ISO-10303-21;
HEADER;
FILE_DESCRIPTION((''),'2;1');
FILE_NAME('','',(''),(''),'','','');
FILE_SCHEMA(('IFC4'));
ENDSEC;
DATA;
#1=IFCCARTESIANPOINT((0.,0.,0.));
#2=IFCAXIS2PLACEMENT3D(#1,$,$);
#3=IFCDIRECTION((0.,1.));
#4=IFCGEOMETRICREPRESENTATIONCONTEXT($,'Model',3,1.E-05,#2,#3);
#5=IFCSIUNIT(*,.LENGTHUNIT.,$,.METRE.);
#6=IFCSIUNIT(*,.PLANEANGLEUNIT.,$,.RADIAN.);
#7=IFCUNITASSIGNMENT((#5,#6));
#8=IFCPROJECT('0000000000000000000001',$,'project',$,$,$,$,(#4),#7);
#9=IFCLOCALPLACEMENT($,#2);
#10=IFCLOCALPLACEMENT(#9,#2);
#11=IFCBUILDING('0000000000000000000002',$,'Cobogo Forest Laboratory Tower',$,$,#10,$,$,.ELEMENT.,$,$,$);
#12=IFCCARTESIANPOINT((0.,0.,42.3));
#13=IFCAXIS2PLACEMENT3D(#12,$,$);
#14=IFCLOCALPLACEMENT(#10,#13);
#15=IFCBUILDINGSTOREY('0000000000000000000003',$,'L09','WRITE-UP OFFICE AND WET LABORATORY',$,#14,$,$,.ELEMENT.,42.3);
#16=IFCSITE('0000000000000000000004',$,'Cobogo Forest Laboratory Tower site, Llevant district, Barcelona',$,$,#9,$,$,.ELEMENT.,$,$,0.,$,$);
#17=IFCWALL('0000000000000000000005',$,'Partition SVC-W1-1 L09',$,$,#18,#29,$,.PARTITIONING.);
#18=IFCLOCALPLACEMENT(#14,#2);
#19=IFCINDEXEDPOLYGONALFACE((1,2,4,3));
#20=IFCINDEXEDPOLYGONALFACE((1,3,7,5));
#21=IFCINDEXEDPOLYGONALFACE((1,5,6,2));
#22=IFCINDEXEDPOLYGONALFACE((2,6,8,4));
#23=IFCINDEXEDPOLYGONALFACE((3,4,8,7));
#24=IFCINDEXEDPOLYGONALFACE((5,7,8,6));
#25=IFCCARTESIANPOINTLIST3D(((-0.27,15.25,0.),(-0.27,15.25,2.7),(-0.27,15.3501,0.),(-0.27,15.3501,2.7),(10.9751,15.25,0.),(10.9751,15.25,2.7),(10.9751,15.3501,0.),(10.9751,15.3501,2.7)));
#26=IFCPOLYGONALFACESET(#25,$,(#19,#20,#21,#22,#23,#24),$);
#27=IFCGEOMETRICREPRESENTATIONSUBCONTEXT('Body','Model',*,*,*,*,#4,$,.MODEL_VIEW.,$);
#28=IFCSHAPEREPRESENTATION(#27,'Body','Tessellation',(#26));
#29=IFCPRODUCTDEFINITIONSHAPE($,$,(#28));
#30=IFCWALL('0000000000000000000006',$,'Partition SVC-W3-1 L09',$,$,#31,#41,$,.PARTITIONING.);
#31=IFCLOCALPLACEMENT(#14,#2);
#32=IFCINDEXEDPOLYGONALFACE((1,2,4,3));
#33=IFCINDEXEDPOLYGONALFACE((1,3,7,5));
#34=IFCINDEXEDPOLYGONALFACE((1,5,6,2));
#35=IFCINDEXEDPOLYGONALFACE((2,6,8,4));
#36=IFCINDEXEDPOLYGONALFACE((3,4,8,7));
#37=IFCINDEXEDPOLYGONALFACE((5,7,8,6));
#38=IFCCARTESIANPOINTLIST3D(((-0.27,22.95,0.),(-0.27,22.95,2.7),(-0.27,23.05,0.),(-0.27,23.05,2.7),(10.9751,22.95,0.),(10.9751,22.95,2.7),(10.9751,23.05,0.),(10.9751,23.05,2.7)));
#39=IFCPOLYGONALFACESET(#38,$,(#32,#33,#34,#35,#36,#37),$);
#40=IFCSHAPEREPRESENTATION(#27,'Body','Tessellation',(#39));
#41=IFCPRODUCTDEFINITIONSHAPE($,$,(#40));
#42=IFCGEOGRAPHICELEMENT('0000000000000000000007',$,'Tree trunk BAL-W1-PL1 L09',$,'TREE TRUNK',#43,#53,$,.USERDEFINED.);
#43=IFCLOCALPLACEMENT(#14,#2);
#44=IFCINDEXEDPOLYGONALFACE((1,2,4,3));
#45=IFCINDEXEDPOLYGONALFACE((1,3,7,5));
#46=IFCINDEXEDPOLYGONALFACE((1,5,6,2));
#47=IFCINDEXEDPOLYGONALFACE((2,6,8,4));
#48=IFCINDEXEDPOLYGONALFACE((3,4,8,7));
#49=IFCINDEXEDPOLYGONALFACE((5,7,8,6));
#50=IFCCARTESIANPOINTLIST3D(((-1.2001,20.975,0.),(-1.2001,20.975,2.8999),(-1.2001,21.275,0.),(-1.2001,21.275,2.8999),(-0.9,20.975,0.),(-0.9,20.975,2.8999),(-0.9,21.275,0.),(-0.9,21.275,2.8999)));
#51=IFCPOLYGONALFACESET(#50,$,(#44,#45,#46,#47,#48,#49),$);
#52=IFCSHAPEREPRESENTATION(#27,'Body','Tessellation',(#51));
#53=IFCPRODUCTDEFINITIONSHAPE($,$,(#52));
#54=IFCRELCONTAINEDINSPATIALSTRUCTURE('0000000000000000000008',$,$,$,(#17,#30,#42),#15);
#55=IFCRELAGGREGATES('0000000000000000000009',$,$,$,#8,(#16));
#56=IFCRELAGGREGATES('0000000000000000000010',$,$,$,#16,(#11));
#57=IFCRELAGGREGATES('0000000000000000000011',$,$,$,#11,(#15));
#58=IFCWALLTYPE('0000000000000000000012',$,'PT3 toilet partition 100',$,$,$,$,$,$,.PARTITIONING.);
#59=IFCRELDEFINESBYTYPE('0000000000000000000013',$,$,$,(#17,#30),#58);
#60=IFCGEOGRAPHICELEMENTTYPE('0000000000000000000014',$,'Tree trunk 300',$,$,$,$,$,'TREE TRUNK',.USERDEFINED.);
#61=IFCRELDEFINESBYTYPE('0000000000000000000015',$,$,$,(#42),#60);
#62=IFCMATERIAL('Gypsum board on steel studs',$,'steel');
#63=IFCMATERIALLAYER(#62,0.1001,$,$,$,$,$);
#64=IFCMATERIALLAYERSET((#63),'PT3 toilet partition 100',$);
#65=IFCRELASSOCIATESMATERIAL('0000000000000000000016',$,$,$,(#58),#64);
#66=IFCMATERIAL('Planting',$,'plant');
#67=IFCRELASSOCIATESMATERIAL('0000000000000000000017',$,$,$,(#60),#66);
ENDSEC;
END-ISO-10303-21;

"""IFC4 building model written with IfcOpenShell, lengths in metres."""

from ifc_helpers import new_model, si_unit, direction, frame, frame_2d, origin, origin_2d, place, context, subcontext, project, spatial, rectangle, extrude, material, layer, layer_set, type_object, element, save


model = new_model("IFC4")

# Units and contexts
model_context = context("Model", 3, precision=1e-05, world=origin(), true_north=direction((0.0, 1.0)))
body_context = subcontext(model_context, "Body", "Model", "MODEL_VIEW")
ifc_project = project(units=[si_unit("LENGTHUNIT", "METRE"), si_unit("PLANEANGLEUNIT", "RADIAN")], contexts=[model_context])

# Site, building, storey
site_placement = place(None, origin())
site = spatial("IfcSite", under=ifc_project, at=site_placement, Name="Cobogo Forest Laboratory Tower site, Llevant district, Barcelona", CompositionType="ELEMENT", RefElevation=0.0)
building_placement = place(site_placement, origin())
building = spatial("IfcBuilding", under=site, at=building_placement, Name="Cobogo Forest Laboratory Tower", CompositionType="ELEMENT")
storey_placement = place(building_placement, frame((0.0, 0.0, 42.3)))
storey = spatial("IfcBuildingStorey", under=building, at=storey_placement, Name="L09", Description="WRITE-UP OFFICE AND WET LABORATORY", CompositionType="ELEMENT", Elevation=42.3)

# Walls
ifc_material_1 = material(Name="Gypsum board on steel studs", Category="steel")
ifc_layer_1 = layer(ifc_material_1, 0.1001)
ifc_layer_set_1 = layer_set([ifc_layer_1], Name="PT3 toilet partition 100")
wall_type = type_object("IfcWallType", Name="PT3 toilet partition 100", PredefinedType="PARTITIONING", material=ifc_layer_set_1)
for number, where, z_axis, x_axis, name in (
    (1, (-0.27, 15.3, 0.0), (0.0, 0.0, 1.0), (1.0, 0.0, 0.0), "Partition SVC-W1-1 L09"),
    (2, (-0.27, 23.0, 0.0), (0.0, 0.0, 1.0), (1.0, 0.0, 0.0), "Partition SVC-W3-1 L09"),
):
    element("IfcWall", number, at=place(storey_placement, frame(where, z_axis=z_axis, x_axis=x_axis)), inside=storey, type_object=wall_type, Name=name, PredefinedType="PARTITIONING", context=body_context, shape_type="SweptSolid", body=[
        extrude(rectangle(XDim=11.2451, YDim=0.1001, at=frame_2d((5.6226, 0.0))), origin(), (0.0, 0.0, 1.0), 2.7),
    ])

# Geographic element
ifc_material_2 = material(Name="Planting", Category="plant")
geographic_element_type = type_object("IfcGeographicElementType", Name="Tree trunk 300", ElementType="TREE TRUNK", PredefinedType="USERDEFINED", material=ifc_material_2)
geographic_element_placement = place(storey_placement, frame((-1.05, 21.125, 0.0), z_axis=(0.0, 0.0, 1.0), x_axis=(1.0, 0.0, 0.0)))
element("IfcGeographicElement", 3, at=geographic_element_placement, inside=storey, type_object=geographic_element_type, Name="Tree trunk BAL-W1-PL1 L09", ObjectType="TREE TRUNK", PredefinedType="USERDEFINED", context=body_context, shape_type="SweptSolid", body=[
    extrude(rectangle(XDim=0.3, YDim=0.3, at=origin_2d()), origin(), (0.0, 0.0, 1.0), 2.8999),
])

save(model, "model.ifc")
